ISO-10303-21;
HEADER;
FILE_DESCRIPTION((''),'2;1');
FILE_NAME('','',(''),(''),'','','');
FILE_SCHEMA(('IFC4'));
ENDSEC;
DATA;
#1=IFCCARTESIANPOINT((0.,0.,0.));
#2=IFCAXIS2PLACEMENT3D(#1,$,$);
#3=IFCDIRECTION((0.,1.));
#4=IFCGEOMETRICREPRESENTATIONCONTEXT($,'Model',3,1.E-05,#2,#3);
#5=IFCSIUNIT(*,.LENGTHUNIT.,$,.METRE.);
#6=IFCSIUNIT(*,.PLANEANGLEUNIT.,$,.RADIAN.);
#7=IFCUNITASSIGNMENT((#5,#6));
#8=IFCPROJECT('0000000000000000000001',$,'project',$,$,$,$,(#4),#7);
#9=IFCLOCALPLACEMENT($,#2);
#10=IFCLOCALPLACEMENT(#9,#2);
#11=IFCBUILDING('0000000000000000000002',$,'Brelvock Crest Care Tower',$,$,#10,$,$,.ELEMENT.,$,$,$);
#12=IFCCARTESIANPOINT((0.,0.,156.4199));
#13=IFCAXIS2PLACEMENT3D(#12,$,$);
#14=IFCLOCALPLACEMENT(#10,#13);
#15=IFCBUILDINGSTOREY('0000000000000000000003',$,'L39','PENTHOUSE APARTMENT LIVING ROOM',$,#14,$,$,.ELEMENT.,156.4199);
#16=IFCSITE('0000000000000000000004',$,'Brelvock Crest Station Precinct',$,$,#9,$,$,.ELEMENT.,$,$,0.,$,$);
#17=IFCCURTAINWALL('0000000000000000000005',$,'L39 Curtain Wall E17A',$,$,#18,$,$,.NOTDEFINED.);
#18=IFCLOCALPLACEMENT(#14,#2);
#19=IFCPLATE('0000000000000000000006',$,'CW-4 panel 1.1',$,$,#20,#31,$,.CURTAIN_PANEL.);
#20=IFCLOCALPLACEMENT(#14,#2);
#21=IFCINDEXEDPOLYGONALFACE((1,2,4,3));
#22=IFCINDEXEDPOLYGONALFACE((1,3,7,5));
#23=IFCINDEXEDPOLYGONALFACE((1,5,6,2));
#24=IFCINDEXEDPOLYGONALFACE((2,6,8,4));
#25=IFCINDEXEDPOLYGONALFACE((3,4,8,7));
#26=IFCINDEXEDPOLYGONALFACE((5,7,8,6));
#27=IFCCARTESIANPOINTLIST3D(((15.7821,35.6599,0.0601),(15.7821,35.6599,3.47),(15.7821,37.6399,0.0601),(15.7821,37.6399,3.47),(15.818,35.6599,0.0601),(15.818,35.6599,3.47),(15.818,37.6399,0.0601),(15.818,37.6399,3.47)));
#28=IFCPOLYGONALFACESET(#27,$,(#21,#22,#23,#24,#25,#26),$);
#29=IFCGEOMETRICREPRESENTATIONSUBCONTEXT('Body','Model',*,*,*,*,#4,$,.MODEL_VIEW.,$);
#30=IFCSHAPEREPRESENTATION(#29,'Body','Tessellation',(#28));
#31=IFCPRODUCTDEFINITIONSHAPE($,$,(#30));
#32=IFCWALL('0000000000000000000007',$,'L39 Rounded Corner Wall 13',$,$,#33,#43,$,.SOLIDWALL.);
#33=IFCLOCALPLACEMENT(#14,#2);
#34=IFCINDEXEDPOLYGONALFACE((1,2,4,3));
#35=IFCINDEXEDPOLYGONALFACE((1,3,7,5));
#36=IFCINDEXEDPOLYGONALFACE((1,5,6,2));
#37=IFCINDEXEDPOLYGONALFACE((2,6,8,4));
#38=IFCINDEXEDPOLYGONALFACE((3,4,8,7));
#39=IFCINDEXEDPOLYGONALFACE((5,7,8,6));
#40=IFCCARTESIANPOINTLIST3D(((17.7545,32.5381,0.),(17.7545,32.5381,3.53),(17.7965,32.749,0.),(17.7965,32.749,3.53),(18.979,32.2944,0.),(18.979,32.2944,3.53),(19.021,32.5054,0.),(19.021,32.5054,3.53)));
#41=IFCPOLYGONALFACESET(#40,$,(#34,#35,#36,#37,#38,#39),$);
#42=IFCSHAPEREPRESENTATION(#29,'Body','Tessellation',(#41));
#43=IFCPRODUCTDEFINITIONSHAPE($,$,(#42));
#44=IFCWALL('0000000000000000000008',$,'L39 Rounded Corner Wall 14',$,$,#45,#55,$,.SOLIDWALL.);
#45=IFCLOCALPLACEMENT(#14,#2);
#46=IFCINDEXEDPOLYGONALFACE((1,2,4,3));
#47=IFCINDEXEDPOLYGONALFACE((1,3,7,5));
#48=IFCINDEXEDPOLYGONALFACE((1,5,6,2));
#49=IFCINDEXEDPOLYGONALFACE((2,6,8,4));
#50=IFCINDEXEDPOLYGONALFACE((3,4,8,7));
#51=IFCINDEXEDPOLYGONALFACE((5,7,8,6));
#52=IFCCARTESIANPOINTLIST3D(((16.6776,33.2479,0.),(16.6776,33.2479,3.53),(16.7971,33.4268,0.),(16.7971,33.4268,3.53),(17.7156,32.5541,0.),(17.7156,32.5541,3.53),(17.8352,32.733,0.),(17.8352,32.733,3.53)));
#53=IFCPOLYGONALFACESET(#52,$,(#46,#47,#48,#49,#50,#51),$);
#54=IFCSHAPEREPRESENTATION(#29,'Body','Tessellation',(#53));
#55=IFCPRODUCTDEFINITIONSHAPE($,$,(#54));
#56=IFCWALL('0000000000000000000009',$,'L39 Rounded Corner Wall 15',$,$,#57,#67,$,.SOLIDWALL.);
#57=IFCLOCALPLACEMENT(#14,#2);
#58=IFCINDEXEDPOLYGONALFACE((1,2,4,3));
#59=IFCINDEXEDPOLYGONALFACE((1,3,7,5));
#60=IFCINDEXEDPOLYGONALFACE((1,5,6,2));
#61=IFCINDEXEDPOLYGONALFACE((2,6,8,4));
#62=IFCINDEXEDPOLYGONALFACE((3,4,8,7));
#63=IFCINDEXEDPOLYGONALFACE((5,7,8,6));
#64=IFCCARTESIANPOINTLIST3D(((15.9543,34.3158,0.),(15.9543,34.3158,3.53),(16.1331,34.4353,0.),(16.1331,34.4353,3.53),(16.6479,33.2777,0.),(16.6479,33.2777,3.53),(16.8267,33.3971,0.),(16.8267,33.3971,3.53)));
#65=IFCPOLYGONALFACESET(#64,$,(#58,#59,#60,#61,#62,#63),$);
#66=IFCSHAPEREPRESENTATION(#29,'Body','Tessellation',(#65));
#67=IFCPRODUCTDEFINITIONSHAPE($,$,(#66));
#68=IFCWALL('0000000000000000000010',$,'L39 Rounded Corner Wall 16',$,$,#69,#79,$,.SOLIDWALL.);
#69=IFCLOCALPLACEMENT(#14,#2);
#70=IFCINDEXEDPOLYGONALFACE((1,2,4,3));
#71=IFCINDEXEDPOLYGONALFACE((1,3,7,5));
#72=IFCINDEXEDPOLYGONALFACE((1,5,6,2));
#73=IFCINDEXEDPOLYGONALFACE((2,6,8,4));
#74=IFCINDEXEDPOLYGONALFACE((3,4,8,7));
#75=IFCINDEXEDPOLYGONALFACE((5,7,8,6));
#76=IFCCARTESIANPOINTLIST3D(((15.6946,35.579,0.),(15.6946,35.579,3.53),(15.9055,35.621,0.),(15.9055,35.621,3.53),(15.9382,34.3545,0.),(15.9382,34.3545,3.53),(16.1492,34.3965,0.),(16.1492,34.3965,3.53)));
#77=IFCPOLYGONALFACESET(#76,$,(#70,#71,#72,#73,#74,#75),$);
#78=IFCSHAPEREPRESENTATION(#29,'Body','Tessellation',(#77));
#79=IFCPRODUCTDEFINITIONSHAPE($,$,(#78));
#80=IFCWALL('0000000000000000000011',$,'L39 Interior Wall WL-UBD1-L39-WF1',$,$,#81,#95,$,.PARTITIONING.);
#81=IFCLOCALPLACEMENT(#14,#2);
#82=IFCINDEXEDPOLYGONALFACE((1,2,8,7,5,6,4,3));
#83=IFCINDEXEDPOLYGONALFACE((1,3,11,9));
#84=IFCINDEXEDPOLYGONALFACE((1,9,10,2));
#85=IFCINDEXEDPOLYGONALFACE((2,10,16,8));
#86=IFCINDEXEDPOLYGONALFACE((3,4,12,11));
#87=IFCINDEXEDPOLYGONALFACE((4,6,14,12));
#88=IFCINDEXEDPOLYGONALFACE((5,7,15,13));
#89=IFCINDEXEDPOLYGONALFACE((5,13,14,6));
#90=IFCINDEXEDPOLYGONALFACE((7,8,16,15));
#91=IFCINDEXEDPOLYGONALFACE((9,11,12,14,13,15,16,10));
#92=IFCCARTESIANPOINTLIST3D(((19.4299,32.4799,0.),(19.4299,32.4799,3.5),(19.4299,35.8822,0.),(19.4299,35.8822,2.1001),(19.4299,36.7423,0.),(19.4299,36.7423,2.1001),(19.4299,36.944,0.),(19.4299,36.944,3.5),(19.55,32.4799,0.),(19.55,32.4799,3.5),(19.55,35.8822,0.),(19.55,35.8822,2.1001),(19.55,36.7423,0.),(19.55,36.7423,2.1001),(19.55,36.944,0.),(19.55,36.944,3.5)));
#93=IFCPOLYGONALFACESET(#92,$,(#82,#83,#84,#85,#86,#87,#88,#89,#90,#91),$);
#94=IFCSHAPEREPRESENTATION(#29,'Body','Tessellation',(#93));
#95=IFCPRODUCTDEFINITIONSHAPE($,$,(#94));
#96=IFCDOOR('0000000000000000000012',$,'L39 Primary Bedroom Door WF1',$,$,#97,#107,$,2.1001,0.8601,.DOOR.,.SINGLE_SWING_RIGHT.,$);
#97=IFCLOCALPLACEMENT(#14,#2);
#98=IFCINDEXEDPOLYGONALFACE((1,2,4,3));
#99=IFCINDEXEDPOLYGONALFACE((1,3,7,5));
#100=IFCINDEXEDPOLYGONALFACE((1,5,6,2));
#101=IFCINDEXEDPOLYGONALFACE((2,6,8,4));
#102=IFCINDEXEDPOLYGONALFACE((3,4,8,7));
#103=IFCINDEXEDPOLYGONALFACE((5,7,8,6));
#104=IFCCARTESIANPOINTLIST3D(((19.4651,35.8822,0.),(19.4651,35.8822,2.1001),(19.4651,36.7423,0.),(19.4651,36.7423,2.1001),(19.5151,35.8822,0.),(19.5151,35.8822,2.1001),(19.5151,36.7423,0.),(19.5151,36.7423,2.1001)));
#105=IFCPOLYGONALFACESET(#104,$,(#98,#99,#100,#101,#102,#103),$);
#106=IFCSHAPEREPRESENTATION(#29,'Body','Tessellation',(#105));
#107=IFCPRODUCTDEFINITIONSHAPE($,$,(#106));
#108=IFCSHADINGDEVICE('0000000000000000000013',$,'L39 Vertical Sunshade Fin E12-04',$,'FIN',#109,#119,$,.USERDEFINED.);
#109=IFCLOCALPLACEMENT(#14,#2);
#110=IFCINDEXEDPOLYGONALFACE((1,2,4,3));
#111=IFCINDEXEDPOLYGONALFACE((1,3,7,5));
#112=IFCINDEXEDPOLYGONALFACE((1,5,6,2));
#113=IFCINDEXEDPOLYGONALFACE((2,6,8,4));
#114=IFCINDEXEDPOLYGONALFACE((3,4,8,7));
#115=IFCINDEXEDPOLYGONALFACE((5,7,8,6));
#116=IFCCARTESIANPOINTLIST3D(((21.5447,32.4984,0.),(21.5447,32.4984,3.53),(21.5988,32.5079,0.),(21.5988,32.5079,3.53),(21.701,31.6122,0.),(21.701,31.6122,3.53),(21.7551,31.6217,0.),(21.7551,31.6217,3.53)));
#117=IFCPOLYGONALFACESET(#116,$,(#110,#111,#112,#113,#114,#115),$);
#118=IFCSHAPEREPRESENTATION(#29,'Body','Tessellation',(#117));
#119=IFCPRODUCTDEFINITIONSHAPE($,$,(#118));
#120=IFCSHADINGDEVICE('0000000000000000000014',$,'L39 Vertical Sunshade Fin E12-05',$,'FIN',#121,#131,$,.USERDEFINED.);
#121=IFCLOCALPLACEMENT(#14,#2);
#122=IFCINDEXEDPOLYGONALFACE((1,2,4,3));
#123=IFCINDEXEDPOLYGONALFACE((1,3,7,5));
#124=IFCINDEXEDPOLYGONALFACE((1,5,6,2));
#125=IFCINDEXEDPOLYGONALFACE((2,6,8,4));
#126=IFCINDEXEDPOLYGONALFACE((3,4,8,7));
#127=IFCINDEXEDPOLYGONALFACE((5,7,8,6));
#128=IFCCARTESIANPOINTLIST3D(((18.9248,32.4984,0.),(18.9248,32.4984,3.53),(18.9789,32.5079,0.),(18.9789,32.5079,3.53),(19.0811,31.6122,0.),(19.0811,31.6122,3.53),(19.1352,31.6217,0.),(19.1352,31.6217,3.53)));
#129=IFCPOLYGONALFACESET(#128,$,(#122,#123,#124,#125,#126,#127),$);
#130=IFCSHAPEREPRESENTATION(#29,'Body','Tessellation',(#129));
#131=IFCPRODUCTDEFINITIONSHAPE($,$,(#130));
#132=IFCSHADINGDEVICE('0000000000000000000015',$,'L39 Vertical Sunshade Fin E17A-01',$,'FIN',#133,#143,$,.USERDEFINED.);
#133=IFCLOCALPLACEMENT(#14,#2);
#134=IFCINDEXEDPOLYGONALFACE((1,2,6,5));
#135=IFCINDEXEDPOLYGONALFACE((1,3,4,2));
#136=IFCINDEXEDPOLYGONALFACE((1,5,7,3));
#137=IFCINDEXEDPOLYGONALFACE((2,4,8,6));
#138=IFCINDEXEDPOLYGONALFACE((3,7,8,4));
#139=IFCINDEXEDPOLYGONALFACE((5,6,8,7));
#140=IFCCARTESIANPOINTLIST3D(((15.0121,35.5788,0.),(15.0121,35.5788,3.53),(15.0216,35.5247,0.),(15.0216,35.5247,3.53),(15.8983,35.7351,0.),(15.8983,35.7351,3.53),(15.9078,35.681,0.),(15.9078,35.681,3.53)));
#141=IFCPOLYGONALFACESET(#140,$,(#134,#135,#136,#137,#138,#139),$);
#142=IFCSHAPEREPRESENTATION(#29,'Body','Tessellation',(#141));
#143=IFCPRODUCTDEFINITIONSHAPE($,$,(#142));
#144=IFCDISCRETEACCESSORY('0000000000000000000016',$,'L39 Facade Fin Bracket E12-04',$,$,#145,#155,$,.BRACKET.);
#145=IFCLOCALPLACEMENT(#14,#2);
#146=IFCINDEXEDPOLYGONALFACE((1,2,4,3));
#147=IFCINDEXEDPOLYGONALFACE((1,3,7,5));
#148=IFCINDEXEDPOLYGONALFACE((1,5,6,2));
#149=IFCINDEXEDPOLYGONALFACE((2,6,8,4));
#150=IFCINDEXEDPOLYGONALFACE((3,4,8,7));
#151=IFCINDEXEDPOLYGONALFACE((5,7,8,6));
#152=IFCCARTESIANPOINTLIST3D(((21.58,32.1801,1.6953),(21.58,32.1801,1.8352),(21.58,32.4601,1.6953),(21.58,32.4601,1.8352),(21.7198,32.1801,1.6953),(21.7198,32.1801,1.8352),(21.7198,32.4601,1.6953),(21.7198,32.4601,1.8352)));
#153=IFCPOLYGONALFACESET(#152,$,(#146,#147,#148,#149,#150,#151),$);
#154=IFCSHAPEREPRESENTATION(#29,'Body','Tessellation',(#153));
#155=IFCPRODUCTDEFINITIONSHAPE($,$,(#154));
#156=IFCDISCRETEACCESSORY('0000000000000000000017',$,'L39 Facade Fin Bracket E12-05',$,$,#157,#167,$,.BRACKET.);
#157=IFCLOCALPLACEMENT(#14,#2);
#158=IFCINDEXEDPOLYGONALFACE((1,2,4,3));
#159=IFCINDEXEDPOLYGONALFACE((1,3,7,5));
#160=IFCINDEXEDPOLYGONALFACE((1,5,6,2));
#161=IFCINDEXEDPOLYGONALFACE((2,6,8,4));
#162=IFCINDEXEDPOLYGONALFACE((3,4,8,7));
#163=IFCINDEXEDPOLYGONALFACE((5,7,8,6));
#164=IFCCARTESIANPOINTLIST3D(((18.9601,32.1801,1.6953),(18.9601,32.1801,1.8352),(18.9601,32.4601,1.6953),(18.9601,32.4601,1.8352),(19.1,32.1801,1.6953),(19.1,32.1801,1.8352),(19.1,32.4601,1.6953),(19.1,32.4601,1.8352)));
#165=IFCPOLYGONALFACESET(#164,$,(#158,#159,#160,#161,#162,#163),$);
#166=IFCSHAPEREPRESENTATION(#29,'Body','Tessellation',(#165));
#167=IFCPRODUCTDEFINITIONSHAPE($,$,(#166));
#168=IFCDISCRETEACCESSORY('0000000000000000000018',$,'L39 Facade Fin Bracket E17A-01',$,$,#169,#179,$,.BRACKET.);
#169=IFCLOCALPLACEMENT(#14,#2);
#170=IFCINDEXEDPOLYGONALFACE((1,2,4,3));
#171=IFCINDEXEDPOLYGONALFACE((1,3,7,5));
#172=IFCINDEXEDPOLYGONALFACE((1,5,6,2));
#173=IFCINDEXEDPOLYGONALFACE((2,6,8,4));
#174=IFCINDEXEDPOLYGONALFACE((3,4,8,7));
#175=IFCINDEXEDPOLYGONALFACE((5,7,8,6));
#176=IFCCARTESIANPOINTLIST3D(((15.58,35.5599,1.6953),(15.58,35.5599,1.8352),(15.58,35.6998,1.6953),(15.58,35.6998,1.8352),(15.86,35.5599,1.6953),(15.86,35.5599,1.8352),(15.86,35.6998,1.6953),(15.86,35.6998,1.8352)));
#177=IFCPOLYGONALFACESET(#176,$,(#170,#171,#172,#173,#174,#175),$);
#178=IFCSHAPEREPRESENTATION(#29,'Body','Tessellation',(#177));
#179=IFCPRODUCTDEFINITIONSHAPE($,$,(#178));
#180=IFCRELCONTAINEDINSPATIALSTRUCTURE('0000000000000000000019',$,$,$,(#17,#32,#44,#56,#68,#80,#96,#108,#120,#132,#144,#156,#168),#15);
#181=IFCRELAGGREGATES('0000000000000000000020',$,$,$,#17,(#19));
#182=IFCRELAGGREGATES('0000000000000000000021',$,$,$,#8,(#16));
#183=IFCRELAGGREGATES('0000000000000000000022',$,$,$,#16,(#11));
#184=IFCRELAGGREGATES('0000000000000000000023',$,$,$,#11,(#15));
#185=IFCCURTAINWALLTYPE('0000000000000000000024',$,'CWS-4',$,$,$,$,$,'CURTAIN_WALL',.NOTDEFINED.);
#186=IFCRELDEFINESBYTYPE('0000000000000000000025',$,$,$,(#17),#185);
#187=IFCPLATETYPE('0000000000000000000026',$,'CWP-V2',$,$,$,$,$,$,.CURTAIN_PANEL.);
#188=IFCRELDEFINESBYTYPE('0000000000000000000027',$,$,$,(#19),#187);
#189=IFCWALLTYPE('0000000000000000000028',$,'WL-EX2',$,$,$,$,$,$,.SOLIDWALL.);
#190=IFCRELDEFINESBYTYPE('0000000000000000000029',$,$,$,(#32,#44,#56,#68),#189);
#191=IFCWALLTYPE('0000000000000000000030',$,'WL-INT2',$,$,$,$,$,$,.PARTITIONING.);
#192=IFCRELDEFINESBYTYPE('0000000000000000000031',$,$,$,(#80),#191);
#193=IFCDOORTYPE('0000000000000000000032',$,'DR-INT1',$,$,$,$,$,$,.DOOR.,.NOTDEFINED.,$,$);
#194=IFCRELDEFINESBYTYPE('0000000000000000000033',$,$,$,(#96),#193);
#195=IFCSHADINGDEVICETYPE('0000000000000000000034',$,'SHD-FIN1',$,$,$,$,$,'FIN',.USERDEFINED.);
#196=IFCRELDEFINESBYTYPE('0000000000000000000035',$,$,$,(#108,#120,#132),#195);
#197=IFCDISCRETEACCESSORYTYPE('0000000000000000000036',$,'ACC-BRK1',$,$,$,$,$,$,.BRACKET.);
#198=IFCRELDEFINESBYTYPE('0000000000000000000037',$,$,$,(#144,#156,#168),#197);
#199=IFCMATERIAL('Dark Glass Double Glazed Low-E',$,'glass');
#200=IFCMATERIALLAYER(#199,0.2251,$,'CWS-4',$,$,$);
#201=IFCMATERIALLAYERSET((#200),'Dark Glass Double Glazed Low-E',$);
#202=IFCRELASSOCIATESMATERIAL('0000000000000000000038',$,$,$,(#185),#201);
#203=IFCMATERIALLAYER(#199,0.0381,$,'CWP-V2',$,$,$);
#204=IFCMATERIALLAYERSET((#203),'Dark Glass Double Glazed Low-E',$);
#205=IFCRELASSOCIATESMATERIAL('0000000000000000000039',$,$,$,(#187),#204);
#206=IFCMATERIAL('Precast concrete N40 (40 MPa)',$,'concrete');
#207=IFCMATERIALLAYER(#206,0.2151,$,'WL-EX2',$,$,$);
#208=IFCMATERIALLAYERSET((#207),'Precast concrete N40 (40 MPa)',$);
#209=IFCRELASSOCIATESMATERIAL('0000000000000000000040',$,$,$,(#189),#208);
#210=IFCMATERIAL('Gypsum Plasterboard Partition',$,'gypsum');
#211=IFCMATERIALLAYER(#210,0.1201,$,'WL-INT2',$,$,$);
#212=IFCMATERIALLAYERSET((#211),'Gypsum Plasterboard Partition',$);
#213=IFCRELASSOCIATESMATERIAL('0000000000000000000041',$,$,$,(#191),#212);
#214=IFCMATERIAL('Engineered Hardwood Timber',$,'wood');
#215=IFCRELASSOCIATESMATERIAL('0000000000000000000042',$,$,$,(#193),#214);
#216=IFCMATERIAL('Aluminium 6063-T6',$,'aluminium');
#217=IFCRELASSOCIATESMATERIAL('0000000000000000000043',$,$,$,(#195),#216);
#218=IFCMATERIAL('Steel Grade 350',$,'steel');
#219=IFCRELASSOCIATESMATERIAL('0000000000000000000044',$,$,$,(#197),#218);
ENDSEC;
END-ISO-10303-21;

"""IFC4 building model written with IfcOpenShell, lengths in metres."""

from ifc_helpers import new_model, si_unit, direction, frame, frame_2d, origin, origin_2d, place, context, subcontext, project, spatial, rectangle, extrude, source, transform, mapped, material, layer, layer_set, material_profile, profile_set, type_object, element, fill, aggregate, save


model = new_model("IFC4")

# Units and contexts
model_context = context("Model", 3, precision=1e-05, world=origin(), true_north=direction((0.0, 1.0)))
body_context = subcontext(model_context, "Body", "Model", "MODEL_VIEW")
ifc_project = project(units=[si_unit("LENGTHUNIT", "METRE"), si_unit("PLANEANGLEUNIT", "RADIAN")], contexts=[model_context])

# Site, building, storey
site_placement = place(None, origin())
site = spatial("IfcSite", under=ifc_project, at=site_placement, Name="Brelvock Crest Station Precinct", CompositionType="ELEMENT", RefElevation=0.0)
building_placement = place(site_placement, origin())
building = spatial("IfcBuilding", under=site, at=building_placement, Name="Brelvock Crest Care Tower", CompositionType="ELEMENT")
storey_placement = place(building_placement, frame((0.0, 0.0, 156.4199)))
storey = spatial("IfcBuildingStorey", under=building, at=storey_placement, Name="L39", Description="PENTHOUSE APARTMENT LIVING ROOM", CompositionType="ELEMENT", Elevation=156.4199)

# Shared definitions
ifc_material_1 = material(Name="Steel Grade 350", Category="steel")

# Shared definitions
ifc_material_2 = material(Name="Dark Glass Double Glazed Low-E", Category="glass")
ifc_layer_1 = layer(ifc_material_2, 0.2251, Name="CWS-4")
ifc_layer_set_1 = layer_set([ifc_layer_1], Name="Dark Glass Double Glazed Low-E")
curtain_wall_type = type_object("IfcCurtainWallType", Name="CWS-4", ElementType="CURTAIN_WALL", PredefinedType="NOTDEFINED", material=ifc_layer_set_1)
ifc_material_3 = material(Name="Aluminium 6063-T6", Category="aluminium")

# Curtain wall
curtain_wall_1_placement = place(storey_placement, origin())
curtain_wall_1 = element("IfcCurtainWall", 1, at=curtain_wall_1_placement, inside=storey, type_object=curtain_wall_type, Name="L39 Curtain Wall E17A", PredefinedType="NOTDEFINED")

# Plate
ifc_layer_2 = layer(ifc_material_2, 0.0381, Name="CWP-V2")
ifc_layer_set_2 = layer_set([ifc_layer_2], Name="Dark Glass Double Glazed Low-E")
plate_type = type_object("IfcPlateType", Name="CWP-V2", PredefinedType="CURTAIN_PANEL", material=ifc_layer_set_2)
shared_shape_1 = source(origin(), body_context, "Body", "SweptSolid", [
    extrude(rectangle(XDim=1.98, YDim=0.0359, at=origin_2d()), origin(), (0.0, 0.0, 1.0), 3.4099),
])
plate_1_placement = place(storey_placement, frame((15.8, 36.6499, 0.0601), z_axis=(0.0, 0.0, 1.0), x_axis=(0.0, 1.0, 0.0)))
plate_1 = element("IfcPlate", 2, at=plate_1_placement, type_object=plate_type, Name="CW-4 panel 1.1", PredefinedType="CURTAIN_PANEL", context=body_context, shape_type="MappedRepresentation", body=[
    mapped(shared_shape_1, transform((0.0, 0.0, 0.0), x_axis=(1.0, 0.0, 0.0), y_axis=(0.0, 1.0, 0.0), z_axis=(0.0, 0.0, 1.0), scale=1.0)),
])
aggregate(curtain_wall_1, [plate_1])

# Walls
ifc_material_4 = material(Name="Precast concrete N40 (40 MPa)", Category="concrete")
ifc_layer_3 = layer(ifc_material_4, 0.2151, Name="WL-EX2")
ifc_layer_set_3 = layer_set([ifc_layer_3], Name="Precast concrete N40 (40 MPa)")
wall_type_1 = type_object("IfcWallType", Name="WL-EX2", PredefinedType="SOLIDWALL", material=ifc_layer_set_3)
for number, where, z_axis, x_axis, name in (
    (3, (19.0, 32.3999, 0.0), (0.0, 0.0, 1.0), (-0.980776, 0.195138, 0.0), "L39 Rounded Corner Wall 13"),
    (4, (17.7754, 32.6436, 0.0), (0.0, 0.0, 1.0), (-0.831388, 0.555692, 0.0), "L39 Rounded Corner Wall 14"),
    (5, (16.7373, 33.3374, 0.0), (0.0, 0.0, 1.0), (-0.555557, 0.831478, 0.0), "L39 Rounded Corner Wall 15"),
    (6, (16.0437, 34.3755, 0.0), (0.0, 0.0, 1.0), (-0.195138, 0.980776, 0.0), "L39 Rounded Corner Wall 16"),
):
    element("IfcWall", number, at=place(storey_placement, frame(where, z_axis=z_axis, x_axis=x_axis)), inside=storey, type_object=wall_type_1, Name=name, PredefinedType="SOLIDWALL", context=body_context, shape_type="SweptSolid", body=[
        extrude(rectangle(XDim=1.2485, YDim=0.2151, at=frame_2d((0.6243, 0.0))), origin(), (0.0, 0.0, 1.0), 3.53),
    ])

# Wall, opening, door
ifc_material_5 = material(Name="Gypsum Plasterboard Partition", Category="gypsum")
ifc_layer_4 = layer(ifc_material_5, 0.1201, Name="WL-INT2")
ifc_layer_set_4 = layer_set([ifc_layer_4], Name="Gypsum Plasterboard Partition")
wall_type_2 = type_object("IfcWallType", Name="WL-INT2", PredefinedType="PARTITIONING", material=ifc_layer_set_4)
wall_placement = place(storey_placement, frame((19.49, 32.48, 0.0), z_axis=(0.0, 0.0, 1.0), x_axis=(0.0, 1.0, 0.0)))
wall = element("IfcWall", 7, at=wall_placement, inside=storey, type_object=wall_type_2, Name="L39 Interior Wall WL-UBD1-L39-WF1", PredefinedType="PARTITIONING", context=body_context, shape_type="SweptSolid", body=[
    extrude(rectangle(XDim=4.4641, YDim=0.1201, at=frame_2d((2.2319, 0.0))), origin(), (0.0, 0.0, 1.0), 3.5),
])
opening_placement = place(wall_placement, frame((3.4021, 0.0, 0.0)))
opening = element("IfcOpeningElement", 8, at=opening_placement, cuts=wall, PredefinedType="OPENING", context=body_context, shape_type="SweptSolid", body=[
    extrude(rectangle(XDim=0.8601, YDim=2.1001, at=origin_2d()), frame((0.4302, 0.0701, 1.05), z_axis=(0.0, -1.0, 0.0), x_axis=(1.0, 0.0, 0.0)), (0.0, 0.0, 1.0), 0.1401),
])
ifc_material_6 = material(Name="Engineered Hardwood Timber", Category="wood")
door_type = type_object("IfcDoorType", Name="DR-INT1", OperationType="NOTDEFINED", PredefinedType="DOOR", material=ifc_material_6)
shared_shape_2 = source(origin(), body_context, "Body", "SweptSolid", [
    extrude(rectangle(XDim=0.8601, YDim=2.1001, at=origin_2d()), frame((0.4302, 0.0249, 1.05), z_axis=(0.0, -1.0, 0.0), x_axis=(1.0, 0.0, 0.0)), (0.0, 0.0, 1.0), 0.05),
])
door_placement = place(opening_placement, origin())
door = element("IfcDoor", 9, at=door_placement, inside=storey, type_object=door_type, Name="L39 Primary Bedroom Door WF1", OperationType="SINGLE_SWING_RIGHT", OverallHeight=2.1001, OverallWidth=0.8601, PredefinedType="DOOR", context=body_context, shape_type="MappedRepresentation", body=[
    mapped(shared_shape_2, transform((0.0, 0.0, 0.0), x_axis=(1.0, 0.0, 0.0), y_axis=(0.0, 1.0, 0.0), z_axis=(0.0, 0.0, 1.0), scale=1.0)),
])
fill(opening, door)

# Shading devices
ifc_material_profile_1 = material_profile(ifc_material_3, rectangle(XDim=0.0549, YDim=0.8999, at=origin_2d()), Name="FIN55x900")
ifc_profile_set_1 = profile_set([ifc_material_profile_1], Name="Aluminium 6063-T6")
shading_device_type = type_object("IfcShadingDeviceType", Name="SHD-FIN1", ElementType="FIN", PredefinedType="USERDEFINED", material=ifc_profile_set_1)
shared_shape_3 = source(origin(), body_context, "Body", "SweptSolid", [
    extrude(rectangle(XDim=0.0549, YDim=0.8999, at=origin_2d()), origin(), (0.0, 0.0, 1.0), 3.53),
])
for number, where, z_axis, x_axis, name in (
    (10, (21.6499, 32.0601, 0.0), (0.0, 0.0, 1.0), (-0.984808, -0.173648, 0.0), "L39 Vertical Sunshade Fin E12-04"),
    (11, (19.03, 32.0601, 0.0), (0.0, 0.0, 1.0), (-0.984808, -0.173648, 0.0), "L39 Vertical Sunshade Fin E12-05"),
    (12, (15.46, 35.6299, 0.0), (0.0, 0.0, 1.0), (-0.173648, 0.984808, 0.0), "L39 Vertical Sunshade Fin E17A-01"),
):
    element("IfcShadingDevice", number, at=place(storey_placement, frame(where, z_axis=z_axis, x_axis=x_axis)), inside=storey, type_object=shading_device_type, Name=name, ObjectType="FIN", PredefinedType="USERDEFINED", context=body_context, shape_type="MappedRepresentation", body=[
        mapped(shared_shape_3, transform((0.0, 0.0, 0.0), x_axis=(1.0, 0.0, 0.0), y_axis=(0.0, 1.0, 0.0), z_axis=(0.0, 0.0, 1.0), scale=1.0)),
    ])

# Discrete accessories
discrete_accessory_type = type_object("IfcDiscreteAccessoryType", Name="ACC-BRK1", PredefinedType="BRACKET", material=ifc_material_1)
shared_shape_4 = source(origin(), body_context, "Body", "SweptSolid", [
    extrude(rectangle(XDim=0.28, YDim=0.1399, at=origin_2d()), origin(), (0.0, 0.0, 1.0), 0.1399),
])
for number, where, z_axis, x_axis, name in (
    (13, (21.6499, 32.3201, 1.6953), (0.0, 0.0, 1.0), (0.0, -1.0, 0.0), "L39 Facade Fin Bracket E12-04"),
    (14, (19.03, 32.3201, 1.6953), (0.0, 0.0, 1.0), (0.0, -1.0, 0.0), "L39 Facade Fin Bracket E12-05"),
    (15, (15.72, 35.6299, 1.6953), (0.0, 0.0, 1.0), (-1.0, 0.0, 0.0), "L39 Facade Fin Bracket E17A-01"),
):
    element("IfcDiscreteAccessory", number, at=place(storey_placement, frame(where, z_axis=z_axis, x_axis=x_axis)), inside=storey, type_object=discrete_accessory_type, Name=name, PredefinedType="BRACKET", context=body_context, shape_type="MappedRepresentation", body=[
        mapped(shared_shape_4, transform((0.0, 0.0, 0.0), x_axis=(1.0, 0.0, 0.0), y_axis=(0.0, 1.0, 0.0), z_axis=(0.0, 0.0, 1.0), scale=1.0)),
    ])

save(model, "model.ifc")
